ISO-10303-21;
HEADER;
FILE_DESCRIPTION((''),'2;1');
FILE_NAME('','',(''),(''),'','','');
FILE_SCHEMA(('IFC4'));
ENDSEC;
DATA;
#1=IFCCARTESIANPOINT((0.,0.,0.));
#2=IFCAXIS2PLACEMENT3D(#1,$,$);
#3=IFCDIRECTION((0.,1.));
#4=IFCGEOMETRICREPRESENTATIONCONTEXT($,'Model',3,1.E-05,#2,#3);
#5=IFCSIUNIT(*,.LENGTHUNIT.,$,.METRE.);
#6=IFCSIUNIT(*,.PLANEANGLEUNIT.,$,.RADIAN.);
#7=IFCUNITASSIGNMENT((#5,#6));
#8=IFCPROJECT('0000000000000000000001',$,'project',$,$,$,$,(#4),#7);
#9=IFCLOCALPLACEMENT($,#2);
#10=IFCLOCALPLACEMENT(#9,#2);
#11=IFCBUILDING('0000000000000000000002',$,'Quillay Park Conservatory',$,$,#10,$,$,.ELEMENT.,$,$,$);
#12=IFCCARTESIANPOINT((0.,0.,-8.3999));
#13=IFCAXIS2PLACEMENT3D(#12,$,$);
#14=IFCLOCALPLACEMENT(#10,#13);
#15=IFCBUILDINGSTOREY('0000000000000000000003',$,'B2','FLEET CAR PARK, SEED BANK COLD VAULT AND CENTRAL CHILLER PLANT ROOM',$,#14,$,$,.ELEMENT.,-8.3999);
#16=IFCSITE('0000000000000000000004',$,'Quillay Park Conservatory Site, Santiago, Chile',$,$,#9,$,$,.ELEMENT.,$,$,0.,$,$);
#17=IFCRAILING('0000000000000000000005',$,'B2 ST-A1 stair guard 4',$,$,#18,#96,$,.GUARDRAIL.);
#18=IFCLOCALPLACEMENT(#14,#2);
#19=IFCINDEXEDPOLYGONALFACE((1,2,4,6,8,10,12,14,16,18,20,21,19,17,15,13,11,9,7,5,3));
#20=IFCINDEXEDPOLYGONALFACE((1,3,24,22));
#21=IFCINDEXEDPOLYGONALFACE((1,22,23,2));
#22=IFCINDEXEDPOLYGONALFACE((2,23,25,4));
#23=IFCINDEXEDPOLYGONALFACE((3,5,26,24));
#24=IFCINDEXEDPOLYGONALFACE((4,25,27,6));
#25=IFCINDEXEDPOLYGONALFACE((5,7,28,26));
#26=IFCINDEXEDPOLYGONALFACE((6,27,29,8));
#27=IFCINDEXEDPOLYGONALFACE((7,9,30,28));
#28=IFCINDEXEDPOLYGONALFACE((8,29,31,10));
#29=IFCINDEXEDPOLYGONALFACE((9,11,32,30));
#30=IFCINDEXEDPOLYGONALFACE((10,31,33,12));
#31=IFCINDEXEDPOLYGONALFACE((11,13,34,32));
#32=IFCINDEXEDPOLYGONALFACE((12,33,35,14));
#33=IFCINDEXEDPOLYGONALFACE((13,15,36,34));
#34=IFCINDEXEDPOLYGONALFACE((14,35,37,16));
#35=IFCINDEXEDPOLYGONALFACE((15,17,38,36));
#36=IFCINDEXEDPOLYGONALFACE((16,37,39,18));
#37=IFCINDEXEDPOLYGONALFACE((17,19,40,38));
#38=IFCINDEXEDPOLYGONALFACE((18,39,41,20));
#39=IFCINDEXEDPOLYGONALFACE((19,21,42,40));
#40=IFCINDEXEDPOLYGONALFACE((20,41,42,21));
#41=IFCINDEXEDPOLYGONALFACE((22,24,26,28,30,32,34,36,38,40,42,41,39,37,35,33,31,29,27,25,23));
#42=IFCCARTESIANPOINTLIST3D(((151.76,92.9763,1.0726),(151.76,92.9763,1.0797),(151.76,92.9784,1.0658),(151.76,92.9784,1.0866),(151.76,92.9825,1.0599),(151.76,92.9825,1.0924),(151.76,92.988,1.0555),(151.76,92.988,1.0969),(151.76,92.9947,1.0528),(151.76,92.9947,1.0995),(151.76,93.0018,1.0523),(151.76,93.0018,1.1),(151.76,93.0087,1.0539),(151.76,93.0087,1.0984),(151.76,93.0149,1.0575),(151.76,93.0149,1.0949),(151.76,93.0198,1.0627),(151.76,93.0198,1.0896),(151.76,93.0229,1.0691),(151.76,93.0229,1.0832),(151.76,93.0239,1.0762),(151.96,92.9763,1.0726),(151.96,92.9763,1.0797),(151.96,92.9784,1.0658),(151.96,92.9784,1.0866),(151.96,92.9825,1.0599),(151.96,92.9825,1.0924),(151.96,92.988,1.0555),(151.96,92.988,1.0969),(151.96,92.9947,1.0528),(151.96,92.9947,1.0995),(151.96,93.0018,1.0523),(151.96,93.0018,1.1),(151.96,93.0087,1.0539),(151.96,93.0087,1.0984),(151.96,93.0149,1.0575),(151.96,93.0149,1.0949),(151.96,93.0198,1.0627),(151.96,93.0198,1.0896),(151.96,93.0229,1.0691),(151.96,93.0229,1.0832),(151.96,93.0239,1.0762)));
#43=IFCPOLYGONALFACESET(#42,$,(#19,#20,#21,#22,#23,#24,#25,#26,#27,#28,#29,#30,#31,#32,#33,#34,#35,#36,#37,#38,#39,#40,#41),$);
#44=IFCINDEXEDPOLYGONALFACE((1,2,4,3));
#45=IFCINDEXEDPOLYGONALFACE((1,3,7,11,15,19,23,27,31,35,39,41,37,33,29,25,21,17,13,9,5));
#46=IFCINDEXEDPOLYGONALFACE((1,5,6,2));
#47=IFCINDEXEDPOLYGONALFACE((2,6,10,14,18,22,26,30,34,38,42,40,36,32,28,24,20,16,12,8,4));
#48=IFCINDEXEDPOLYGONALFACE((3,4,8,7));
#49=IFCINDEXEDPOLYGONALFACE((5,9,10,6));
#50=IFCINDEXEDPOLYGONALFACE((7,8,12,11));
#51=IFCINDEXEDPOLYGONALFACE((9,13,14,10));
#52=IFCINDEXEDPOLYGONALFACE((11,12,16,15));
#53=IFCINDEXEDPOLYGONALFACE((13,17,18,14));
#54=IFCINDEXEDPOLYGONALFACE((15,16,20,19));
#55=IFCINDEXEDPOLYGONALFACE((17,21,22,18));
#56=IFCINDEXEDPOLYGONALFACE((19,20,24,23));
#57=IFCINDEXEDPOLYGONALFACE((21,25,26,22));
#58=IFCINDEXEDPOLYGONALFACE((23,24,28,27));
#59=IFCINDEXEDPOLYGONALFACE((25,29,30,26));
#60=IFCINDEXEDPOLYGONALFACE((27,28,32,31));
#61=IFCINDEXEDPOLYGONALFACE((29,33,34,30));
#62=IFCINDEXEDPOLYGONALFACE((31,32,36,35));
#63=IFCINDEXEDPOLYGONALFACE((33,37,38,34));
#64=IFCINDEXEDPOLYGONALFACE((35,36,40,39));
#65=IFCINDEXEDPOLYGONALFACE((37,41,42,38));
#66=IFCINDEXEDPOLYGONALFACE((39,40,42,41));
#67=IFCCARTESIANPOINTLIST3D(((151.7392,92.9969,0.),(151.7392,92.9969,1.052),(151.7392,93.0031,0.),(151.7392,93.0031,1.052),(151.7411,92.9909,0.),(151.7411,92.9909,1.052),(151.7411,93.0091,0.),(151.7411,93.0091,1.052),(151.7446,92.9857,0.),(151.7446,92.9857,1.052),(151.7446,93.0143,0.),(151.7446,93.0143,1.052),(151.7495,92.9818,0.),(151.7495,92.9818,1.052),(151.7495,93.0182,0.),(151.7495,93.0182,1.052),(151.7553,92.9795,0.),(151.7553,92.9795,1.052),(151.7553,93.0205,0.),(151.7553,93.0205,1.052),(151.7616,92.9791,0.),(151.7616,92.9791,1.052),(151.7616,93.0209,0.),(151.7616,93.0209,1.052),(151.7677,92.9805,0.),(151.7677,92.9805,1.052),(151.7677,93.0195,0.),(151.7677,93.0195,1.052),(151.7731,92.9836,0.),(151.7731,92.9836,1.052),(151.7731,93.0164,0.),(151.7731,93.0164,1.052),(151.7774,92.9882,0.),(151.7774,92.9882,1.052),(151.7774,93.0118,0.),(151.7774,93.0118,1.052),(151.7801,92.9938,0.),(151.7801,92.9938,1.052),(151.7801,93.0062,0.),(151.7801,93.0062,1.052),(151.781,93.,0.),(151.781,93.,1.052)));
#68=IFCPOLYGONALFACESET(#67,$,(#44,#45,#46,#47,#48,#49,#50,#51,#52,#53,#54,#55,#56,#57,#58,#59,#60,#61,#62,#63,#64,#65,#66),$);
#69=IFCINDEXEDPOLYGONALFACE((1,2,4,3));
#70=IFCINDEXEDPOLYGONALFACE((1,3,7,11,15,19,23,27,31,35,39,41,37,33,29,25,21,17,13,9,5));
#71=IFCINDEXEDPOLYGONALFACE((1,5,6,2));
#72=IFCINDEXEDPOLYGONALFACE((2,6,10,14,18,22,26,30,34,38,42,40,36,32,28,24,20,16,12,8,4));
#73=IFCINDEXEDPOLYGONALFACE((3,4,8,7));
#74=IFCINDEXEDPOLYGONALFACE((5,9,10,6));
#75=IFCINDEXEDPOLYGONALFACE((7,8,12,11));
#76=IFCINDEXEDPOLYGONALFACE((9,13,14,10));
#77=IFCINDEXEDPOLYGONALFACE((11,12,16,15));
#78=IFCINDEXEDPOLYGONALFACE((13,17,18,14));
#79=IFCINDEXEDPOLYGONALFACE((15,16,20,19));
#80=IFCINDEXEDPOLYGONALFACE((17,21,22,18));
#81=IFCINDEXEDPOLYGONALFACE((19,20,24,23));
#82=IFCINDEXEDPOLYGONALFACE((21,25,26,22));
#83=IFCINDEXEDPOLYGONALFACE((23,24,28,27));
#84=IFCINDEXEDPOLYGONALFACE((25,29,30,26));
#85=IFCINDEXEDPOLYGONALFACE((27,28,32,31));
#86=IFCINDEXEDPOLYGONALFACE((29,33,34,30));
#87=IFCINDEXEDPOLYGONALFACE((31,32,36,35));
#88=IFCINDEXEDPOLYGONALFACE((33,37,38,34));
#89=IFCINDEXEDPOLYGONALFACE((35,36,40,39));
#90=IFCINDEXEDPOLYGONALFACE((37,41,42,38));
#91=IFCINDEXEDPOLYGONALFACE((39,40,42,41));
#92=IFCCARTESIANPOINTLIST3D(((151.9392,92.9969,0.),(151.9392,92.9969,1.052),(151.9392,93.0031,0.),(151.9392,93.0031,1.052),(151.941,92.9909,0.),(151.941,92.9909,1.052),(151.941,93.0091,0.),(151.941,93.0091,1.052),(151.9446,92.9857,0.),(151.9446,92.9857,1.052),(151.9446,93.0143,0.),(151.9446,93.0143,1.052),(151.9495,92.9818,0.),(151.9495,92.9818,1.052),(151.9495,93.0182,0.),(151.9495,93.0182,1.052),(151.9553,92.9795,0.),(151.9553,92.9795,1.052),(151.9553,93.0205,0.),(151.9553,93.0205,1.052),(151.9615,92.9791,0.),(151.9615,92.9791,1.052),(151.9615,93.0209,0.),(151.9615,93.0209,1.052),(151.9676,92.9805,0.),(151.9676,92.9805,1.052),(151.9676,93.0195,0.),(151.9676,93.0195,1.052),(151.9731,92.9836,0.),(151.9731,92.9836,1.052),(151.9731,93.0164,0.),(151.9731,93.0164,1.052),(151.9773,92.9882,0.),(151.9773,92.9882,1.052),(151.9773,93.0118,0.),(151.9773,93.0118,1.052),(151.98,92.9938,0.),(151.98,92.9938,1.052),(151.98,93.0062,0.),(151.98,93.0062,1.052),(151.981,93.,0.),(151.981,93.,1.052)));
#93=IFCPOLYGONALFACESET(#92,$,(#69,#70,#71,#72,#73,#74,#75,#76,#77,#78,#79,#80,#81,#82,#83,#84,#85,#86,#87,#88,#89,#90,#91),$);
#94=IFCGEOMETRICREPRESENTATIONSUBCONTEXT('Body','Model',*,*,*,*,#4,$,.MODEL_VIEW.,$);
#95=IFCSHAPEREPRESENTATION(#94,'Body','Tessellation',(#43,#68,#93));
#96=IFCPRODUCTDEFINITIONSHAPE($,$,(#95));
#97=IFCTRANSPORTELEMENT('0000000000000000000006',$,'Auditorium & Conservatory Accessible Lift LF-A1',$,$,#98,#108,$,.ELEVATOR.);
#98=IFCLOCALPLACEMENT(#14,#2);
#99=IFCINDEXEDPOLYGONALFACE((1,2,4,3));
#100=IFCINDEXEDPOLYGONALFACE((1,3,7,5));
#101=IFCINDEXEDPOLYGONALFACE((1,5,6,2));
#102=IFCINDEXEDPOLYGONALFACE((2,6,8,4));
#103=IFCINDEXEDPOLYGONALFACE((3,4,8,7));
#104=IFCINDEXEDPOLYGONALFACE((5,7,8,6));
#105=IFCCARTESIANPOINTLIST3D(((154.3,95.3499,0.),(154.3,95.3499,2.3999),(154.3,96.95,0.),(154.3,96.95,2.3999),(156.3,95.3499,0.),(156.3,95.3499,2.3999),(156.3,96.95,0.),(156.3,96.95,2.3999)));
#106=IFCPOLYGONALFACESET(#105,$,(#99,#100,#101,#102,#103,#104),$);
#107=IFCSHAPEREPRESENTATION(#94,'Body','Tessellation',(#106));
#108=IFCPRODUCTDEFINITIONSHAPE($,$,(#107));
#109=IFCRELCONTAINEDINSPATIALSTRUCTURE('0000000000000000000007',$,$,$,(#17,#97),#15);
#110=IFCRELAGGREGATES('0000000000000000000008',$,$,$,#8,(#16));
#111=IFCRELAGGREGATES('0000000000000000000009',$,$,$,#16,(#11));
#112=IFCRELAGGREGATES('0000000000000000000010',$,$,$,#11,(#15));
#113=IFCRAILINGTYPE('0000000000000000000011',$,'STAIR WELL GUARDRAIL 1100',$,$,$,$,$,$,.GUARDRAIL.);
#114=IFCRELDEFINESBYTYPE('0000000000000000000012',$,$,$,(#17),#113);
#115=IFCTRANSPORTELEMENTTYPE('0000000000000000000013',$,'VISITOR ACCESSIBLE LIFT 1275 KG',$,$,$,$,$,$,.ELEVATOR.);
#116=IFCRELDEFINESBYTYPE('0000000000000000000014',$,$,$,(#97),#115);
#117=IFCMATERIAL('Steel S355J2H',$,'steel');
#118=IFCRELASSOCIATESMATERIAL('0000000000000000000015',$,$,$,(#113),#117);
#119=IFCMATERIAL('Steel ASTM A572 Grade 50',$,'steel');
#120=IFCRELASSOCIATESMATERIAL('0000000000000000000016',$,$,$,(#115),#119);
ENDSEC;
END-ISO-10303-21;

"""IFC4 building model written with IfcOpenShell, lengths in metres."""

from ifc_helpers import new_model, si_unit, direction, frame, origin, origin_2d, place, context, subcontext, project, spatial, rectangle, circle, extrude, material, type_object, element, save


model = new_model("IFC4")

# Units and contexts
model_context = context("Model", 3, precision=1e-05, world=origin(), true_north=direction((0.0, 1.0)))
body_context = subcontext(model_context, "Body", "Model", "MODEL_VIEW")
ifc_project = project(units=[si_unit("LENGTHUNIT", "METRE"), si_unit("PLANEANGLEUNIT", "RADIAN")], contexts=[model_context])

# Site, building, storey
site_placement = place(None, origin())
site = spatial("IfcSite", under=ifc_project, at=site_placement, Name="Quillay Park Conservatory Site, Santiago, Chile", CompositionType="ELEMENT", RefElevation=0.0)
building_placement = place(site_placement, origin())
building = spatial("IfcBuilding", under=site, at=building_placement, Name="Quillay Park Conservatory", CompositionType="ELEMENT")
storey_placement = place(building_placement, frame((0.0, 0.0, -8.3999)))
storey = spatial("IfcBuildingStorey", under=building, at=storey_placement, Name="B2", Description="FLEET CAR PARK, SEED BANK COLD VAULT AND CENTRAL CHILLER PLANT ROOM", CompositionType="ELEMENT", Elevation=-8.3999)

# Railing
ifc_material_1 = material(Name="Steel S355J2H", Category="steel")
railing_type_1 = type_object("IfcRailingType", Name="STAIR WELL GUARDRAIL 1100", PredefinedType="GUARDRAIL", material=ifc_material_1)
railing_1_placement = place(storey_placement, frame((151.76, 93.0, 0.0)))
element("IfcRailing", 1, at=railing_1_placement, inside=storey, type_object=railing_type_1, Name="B2 ST-A1 stair guard 4", PredefinedType="GUARDRAIL", context=body_context, shape_type="SweptSolid", body=[
    extrude(circle(Radius=0.0239, at=origin_2d()), frame((0.0, 0.0, 1.0762), z_axis=(1.0, 0.0, 0.0), x_axis=(0.0, 1.0, 0.0)), (0.0, 0.0, 1.0), 0.2),
    extrude(circle(Radius=0.021, at=origin_2d()), origin(), (0.0, 0.0, 1.0), 1.052),
    extrude(circle(Radius=0.021, at=origin_2d()), frame((0.2, 0.0, 0.0)), (0.0, 0.0, 1.0), 1.052),
])

# Transport element
ifc_material_2 = material(Name="Steel ASTM A572 Grade 50", Category="steel")
transport_element_type = type_object("IfcTransportElementType", Name="VISITOR ACCESSIBLE LIFT 1275 KG", PredefinedType="ELEVATOR", material=ifc_material_2)
transport_element_placement = place(storey_placement, frame((155.3, 96.1499, 0.0), z_axis=(0.0, 0.0, 1.0), x_axis=(1.0, 0.0, 0.0)))
element("IfcTransportElement", 2, at=transport_element_placement, inside=storey, type_object=transport_element_type, Name="Auditorium & Conservatory Accessible Lift LF-A1", PredefinedType="ELEVATOR", context=body_context, shape_type="SweptSolid", body=[
    extrude(rectangle(XDim=2.0, YDim=1.6001, at=origin_2d()), origin(), (0.0, 0.0, 1.0), 2.3999),
])

save(model, "model.ifc")
